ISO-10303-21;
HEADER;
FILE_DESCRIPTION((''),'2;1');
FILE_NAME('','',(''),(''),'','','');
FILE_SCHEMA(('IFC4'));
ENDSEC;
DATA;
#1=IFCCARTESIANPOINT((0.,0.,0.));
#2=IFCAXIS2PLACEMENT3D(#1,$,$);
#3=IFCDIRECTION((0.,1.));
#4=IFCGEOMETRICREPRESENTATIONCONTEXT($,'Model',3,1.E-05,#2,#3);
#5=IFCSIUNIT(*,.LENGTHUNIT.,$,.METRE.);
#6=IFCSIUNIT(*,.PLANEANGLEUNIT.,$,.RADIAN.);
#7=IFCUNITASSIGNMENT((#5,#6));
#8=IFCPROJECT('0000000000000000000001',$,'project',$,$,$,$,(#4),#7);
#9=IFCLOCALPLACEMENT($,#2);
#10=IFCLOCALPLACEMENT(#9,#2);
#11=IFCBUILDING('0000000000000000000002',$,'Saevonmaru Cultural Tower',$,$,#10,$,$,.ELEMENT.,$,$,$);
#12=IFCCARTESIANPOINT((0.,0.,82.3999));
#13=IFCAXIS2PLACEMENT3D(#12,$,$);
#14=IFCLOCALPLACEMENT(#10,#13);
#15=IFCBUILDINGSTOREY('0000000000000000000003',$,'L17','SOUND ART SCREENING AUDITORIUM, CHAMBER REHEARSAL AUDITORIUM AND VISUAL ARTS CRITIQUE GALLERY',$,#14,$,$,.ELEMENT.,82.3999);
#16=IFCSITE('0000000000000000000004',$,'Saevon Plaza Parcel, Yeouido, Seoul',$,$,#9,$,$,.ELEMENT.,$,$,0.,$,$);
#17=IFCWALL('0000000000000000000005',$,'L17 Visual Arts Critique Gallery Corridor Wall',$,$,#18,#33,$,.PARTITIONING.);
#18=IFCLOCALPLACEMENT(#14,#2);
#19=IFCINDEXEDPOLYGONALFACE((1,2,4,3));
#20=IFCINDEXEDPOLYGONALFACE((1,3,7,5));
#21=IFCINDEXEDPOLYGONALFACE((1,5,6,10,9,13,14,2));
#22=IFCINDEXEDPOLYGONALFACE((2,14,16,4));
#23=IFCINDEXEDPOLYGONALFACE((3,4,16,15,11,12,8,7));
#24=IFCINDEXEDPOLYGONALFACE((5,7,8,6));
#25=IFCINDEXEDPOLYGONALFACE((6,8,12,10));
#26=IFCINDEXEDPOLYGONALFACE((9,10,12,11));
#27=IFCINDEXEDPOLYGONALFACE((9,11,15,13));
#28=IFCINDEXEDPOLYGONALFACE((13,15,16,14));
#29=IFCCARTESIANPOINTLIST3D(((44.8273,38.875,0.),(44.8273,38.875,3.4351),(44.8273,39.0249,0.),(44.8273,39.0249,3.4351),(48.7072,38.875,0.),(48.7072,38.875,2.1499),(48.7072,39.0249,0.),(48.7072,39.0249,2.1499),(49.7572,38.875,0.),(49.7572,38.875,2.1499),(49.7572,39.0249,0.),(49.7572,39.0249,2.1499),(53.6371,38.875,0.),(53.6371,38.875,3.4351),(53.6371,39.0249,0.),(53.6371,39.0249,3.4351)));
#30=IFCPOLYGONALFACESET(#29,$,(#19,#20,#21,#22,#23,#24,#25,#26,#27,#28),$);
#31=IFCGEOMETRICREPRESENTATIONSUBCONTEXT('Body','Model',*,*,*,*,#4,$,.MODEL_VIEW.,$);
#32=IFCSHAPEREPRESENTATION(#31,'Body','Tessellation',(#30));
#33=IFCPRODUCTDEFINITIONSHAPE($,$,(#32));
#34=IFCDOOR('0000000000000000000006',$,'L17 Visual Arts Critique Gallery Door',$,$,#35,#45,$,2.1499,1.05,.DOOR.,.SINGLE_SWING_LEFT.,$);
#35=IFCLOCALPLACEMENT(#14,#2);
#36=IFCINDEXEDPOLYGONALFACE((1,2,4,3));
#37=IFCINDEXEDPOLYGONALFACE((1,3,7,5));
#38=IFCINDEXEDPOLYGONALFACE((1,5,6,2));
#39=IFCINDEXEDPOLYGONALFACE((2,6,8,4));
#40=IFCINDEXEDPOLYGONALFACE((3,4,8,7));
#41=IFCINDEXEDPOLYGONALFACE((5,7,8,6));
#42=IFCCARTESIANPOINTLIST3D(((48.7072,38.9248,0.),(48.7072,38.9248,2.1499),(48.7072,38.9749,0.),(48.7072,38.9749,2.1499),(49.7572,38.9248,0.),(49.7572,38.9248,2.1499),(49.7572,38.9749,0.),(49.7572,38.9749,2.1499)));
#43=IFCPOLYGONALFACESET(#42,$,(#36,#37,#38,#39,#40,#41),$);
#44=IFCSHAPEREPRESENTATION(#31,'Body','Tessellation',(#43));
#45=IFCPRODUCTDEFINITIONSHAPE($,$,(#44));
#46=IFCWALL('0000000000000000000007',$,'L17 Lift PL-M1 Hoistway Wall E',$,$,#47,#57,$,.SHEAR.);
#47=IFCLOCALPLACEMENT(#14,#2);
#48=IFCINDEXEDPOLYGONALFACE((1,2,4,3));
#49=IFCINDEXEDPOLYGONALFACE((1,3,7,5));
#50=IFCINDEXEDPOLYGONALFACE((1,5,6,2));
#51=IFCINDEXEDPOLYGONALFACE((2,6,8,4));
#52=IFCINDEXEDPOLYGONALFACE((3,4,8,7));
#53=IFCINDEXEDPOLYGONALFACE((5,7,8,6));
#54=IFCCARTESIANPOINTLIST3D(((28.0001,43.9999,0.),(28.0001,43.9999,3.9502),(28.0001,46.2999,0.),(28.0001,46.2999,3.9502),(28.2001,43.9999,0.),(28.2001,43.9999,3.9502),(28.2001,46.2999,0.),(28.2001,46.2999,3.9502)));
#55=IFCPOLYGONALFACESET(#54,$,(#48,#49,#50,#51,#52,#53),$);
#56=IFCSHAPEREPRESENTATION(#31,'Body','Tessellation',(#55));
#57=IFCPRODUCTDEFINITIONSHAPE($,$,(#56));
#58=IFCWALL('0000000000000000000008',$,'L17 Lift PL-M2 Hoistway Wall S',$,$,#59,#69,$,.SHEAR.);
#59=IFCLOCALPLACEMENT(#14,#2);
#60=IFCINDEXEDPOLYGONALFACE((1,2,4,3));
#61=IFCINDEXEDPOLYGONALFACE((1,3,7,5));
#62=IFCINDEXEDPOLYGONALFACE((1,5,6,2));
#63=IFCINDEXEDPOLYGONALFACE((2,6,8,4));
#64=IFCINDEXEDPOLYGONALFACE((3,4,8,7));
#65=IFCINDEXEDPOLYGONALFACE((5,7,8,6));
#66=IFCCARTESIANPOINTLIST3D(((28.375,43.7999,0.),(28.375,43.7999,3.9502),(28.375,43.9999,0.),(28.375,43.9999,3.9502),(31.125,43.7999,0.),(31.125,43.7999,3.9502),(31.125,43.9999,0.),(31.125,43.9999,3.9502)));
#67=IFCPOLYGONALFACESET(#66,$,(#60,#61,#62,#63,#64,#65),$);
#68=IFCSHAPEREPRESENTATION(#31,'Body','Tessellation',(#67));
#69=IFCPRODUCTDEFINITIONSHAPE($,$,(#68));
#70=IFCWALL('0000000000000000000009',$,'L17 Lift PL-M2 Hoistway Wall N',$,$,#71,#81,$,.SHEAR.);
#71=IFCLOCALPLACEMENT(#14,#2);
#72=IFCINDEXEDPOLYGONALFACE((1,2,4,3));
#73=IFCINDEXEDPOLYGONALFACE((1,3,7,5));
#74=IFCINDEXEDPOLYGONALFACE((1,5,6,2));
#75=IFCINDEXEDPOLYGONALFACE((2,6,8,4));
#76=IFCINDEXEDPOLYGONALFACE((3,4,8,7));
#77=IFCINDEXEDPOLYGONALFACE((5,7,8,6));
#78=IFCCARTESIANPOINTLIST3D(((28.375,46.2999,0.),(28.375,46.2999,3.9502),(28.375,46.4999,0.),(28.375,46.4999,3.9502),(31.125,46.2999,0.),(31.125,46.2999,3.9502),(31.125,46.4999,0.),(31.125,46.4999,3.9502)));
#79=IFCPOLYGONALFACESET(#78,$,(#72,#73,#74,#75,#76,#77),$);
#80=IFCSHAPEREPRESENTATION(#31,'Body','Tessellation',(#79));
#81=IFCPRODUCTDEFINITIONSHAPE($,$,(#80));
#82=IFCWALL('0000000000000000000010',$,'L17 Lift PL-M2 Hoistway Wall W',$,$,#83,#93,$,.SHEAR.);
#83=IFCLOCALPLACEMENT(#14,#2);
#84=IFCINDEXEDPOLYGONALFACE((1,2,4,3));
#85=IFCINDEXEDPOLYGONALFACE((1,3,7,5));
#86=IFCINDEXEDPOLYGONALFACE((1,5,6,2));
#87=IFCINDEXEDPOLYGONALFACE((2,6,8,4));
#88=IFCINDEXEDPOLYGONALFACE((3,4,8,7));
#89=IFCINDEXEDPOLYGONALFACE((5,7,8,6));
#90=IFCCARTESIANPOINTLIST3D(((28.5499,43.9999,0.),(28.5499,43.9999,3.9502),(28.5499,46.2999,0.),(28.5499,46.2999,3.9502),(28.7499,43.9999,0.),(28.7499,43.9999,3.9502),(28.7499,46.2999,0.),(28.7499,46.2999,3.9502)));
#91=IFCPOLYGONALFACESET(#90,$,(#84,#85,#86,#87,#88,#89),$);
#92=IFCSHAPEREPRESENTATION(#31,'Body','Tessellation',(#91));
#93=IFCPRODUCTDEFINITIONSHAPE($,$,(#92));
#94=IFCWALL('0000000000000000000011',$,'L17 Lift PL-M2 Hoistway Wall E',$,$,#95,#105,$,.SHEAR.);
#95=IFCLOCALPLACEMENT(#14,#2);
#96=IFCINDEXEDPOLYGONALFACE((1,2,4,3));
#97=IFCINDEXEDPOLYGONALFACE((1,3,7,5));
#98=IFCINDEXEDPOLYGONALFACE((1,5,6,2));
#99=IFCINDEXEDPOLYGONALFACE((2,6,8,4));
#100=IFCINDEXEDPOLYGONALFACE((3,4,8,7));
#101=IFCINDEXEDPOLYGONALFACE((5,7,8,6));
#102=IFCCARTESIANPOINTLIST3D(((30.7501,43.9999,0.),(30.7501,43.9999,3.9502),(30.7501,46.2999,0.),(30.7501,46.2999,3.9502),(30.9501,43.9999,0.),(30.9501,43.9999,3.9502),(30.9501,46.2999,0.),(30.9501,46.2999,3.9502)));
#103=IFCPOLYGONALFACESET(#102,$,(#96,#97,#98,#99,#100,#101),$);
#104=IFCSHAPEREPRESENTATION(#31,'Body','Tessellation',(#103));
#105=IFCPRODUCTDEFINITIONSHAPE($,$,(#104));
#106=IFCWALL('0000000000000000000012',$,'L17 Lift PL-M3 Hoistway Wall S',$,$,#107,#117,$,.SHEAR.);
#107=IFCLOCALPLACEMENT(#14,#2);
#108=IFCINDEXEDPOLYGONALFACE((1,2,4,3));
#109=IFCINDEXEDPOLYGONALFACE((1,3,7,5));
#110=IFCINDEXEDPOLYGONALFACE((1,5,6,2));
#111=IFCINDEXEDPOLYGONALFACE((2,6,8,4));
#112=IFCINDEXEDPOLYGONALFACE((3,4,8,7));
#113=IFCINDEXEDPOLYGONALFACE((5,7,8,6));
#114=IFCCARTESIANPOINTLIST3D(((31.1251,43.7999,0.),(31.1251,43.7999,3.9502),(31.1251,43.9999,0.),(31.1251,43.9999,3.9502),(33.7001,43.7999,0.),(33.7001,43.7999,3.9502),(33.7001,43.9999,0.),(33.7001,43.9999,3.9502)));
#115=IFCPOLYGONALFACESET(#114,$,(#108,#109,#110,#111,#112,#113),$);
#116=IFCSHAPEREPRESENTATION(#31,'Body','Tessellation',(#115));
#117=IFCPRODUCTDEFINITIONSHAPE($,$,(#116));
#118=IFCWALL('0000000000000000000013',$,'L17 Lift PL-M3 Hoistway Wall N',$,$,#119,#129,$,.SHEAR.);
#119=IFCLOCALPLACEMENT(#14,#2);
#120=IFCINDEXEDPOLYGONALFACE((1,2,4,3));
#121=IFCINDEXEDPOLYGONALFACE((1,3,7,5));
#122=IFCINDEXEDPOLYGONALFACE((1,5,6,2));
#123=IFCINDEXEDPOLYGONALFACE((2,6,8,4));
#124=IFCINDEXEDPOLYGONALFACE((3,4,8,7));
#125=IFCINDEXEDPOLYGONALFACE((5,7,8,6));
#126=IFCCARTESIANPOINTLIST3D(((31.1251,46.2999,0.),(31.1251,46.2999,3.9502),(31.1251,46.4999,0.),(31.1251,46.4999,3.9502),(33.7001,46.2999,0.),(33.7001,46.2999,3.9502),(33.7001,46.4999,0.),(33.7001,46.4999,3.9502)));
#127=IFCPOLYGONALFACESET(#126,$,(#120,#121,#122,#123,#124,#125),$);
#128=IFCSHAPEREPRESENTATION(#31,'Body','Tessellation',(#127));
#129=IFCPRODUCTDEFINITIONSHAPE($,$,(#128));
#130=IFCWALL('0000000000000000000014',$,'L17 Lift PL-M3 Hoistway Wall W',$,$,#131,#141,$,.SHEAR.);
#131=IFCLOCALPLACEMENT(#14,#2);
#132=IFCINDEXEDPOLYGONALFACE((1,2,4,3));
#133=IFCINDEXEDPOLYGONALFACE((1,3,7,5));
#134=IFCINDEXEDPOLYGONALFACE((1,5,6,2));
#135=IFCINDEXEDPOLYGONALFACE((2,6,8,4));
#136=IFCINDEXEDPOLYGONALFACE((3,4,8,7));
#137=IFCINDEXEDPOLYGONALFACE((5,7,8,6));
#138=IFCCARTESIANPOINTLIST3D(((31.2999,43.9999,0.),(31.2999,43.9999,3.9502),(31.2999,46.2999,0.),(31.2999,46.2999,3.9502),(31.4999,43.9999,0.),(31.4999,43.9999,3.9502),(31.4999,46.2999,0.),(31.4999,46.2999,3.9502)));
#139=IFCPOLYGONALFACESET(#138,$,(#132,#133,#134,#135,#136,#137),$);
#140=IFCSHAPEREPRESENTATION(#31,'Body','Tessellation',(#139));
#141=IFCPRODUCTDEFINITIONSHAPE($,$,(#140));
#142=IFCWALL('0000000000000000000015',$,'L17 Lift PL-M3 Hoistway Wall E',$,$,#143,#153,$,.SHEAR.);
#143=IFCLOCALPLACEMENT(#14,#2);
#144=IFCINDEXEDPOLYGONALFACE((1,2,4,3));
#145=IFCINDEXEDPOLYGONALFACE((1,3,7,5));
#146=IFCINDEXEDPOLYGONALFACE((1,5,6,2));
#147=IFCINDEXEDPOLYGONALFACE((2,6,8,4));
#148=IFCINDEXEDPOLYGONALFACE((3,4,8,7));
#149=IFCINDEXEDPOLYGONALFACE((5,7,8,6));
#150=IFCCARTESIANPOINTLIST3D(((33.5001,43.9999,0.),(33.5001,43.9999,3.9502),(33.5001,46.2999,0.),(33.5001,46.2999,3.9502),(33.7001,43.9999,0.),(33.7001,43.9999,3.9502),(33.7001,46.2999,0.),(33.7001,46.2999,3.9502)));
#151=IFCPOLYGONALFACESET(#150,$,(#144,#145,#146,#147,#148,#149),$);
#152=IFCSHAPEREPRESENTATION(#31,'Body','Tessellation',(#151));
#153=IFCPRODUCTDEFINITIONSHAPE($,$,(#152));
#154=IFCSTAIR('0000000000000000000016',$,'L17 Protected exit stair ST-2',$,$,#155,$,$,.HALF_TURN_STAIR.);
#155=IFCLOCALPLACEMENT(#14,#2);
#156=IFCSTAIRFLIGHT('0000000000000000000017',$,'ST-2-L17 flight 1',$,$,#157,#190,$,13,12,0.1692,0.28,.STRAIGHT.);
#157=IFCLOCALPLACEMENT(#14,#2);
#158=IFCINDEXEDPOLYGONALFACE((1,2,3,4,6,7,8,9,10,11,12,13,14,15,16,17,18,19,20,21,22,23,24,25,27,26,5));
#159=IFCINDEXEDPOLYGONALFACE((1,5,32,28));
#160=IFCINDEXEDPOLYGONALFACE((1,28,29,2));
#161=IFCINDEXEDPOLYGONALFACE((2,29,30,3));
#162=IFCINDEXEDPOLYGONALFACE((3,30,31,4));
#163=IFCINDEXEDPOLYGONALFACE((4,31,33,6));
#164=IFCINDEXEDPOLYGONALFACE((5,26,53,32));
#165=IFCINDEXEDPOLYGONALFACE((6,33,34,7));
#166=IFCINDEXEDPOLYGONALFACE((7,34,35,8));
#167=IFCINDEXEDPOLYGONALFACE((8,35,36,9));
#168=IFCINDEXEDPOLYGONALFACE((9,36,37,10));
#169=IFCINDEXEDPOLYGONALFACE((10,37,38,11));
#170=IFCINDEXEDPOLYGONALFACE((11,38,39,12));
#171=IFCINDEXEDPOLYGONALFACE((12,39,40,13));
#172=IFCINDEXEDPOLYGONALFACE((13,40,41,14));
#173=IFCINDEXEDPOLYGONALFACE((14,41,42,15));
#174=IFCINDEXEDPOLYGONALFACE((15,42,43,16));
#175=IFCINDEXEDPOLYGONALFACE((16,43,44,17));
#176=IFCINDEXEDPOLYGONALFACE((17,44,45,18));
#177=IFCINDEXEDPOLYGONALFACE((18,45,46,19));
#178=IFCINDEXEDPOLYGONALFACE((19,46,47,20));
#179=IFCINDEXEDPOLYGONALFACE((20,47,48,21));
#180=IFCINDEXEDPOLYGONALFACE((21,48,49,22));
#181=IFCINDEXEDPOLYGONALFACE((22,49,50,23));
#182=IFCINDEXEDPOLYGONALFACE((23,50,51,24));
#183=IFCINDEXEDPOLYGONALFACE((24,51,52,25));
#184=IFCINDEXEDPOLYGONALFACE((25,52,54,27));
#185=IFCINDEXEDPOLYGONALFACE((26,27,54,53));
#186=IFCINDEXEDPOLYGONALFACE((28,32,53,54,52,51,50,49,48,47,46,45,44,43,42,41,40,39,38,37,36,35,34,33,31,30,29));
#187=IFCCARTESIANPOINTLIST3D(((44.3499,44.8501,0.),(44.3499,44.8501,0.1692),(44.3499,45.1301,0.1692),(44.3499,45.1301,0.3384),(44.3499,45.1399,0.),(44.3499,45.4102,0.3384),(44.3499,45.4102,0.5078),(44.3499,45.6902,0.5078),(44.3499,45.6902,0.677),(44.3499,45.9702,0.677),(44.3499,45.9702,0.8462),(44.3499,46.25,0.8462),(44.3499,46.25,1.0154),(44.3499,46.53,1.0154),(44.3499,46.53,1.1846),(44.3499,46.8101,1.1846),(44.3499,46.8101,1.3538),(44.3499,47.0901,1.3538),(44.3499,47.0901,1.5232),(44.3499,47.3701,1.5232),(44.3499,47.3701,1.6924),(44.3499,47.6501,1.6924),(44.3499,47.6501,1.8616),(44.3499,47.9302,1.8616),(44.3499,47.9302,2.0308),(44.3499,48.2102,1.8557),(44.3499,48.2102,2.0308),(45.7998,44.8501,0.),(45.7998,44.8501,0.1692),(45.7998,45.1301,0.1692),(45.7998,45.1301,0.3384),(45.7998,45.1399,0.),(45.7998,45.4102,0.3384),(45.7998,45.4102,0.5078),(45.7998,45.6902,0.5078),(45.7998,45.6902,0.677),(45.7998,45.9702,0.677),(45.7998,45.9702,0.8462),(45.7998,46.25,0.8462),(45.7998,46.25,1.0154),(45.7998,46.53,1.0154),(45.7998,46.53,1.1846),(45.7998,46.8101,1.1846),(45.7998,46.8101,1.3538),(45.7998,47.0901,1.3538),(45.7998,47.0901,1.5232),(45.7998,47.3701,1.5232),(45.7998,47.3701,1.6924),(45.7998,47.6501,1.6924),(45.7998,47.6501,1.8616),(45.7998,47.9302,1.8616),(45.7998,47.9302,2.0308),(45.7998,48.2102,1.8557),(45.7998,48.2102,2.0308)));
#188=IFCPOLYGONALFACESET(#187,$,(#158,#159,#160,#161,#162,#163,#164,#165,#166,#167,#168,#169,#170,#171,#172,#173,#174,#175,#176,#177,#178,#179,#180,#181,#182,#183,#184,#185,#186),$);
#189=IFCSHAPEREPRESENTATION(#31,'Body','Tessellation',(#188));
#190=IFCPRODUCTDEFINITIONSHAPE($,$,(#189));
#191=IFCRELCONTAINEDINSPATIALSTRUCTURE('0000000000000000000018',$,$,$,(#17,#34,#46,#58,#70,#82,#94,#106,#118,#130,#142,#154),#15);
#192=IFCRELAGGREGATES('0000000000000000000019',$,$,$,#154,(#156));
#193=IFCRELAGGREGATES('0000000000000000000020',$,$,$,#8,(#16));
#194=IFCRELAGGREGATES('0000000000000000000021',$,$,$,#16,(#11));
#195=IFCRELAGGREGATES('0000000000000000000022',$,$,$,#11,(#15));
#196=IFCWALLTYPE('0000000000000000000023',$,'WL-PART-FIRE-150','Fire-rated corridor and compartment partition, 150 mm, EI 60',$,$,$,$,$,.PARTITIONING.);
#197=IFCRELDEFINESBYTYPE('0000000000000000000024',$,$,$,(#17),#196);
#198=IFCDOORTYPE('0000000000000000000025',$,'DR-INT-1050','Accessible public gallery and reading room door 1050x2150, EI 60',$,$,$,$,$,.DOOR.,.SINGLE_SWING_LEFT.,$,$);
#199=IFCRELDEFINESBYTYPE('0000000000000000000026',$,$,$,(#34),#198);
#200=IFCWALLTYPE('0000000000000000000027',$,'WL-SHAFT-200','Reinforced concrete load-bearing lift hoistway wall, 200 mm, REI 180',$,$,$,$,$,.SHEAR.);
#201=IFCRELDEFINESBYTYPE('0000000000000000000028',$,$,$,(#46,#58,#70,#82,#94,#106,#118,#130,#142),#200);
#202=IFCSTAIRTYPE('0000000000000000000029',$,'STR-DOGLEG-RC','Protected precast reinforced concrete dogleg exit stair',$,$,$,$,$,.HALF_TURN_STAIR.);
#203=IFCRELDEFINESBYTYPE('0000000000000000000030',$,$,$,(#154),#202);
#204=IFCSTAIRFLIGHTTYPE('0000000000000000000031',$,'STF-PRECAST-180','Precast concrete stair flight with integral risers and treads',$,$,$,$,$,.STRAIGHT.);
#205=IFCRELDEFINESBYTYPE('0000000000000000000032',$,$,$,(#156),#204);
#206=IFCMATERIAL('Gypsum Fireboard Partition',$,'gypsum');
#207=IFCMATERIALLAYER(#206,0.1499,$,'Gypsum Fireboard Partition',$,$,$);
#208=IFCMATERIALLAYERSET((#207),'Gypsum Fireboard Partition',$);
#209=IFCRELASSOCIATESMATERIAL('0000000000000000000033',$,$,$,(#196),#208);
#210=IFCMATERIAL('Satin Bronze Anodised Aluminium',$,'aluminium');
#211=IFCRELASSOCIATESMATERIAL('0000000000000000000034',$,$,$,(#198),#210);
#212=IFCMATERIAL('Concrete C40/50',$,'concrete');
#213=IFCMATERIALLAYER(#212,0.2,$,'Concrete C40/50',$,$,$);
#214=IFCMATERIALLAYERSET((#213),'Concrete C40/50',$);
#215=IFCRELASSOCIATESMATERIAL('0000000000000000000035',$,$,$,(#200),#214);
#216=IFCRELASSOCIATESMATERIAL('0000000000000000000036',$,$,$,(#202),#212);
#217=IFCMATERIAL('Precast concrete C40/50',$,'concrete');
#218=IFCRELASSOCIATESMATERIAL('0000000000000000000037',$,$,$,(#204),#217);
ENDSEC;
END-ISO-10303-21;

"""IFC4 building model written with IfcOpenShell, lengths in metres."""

from ifc_helpers import new_model, si_unit, direction, frame, frame_2d, origin, place, context, subcontext, project, spatial, polyline, rectangle, outline, extrude, material, layer, layer_set, type_object, element, fill, aggregate, save


model = new_model("IFC4")

# Units and contexts
model_context = context("Model", 3, precision=1e-05, world=origin(), true_north=direction((0.0, 1.0)))
body_context = subcontext(model_context, "Body", "Model", "MODEL_VIEW")
ifc_project = project(units=[si_unit("LENGTHUNIT", "METRE"), si_unit("PLANEANGLEUNIT", "RADIAN")], contexts=[model_context])

# Site, building, storey
site_placement = place(None, origin())
site = spatial("IfcSite", under=ifc_project, at=site_placement, Name="Saevon Plaza Parcel, Yeouido, Seoul", CompositionType="ELEMENT", RefElevation=0.0)
building_placement = place(site_placement, origin())
building = spatial("IfcBuilding", under=site, at=building_placement, Name="Saevonmaru Cultural Tower", CompositionType="ELEMENT")
storey_placement = place(building_placement, frame((0.0, 0.0, 82.3999)))
storey = spatial("IfcBuildingStorey", under=building, at=storey_placement, Name="L17", Description="SOUND ART SCREENING AUDITORIUM, CHAMBER REHEARSAL AUDITORIUM AND VISUAL ARTS CRITIQUE GALLERY", CompositionType="ELEMENT", Elevation=82.3999)

# Shared definitions
ifc_material_1 = material(Name="Satin Bronze Anodised Aluminium", Category="aluminium")

# Shared definitions
ifc_material_2 = material(Name="Gypsum Fireboard Partition", Category="gypsum")

# Shared definitions
ifc_layer_1 = layer(ifc_material_2, 0.1499, Name="Gypsum Fireboard Partition")
ifc_layer_set_1 = layer_set([ifc_layer_1], Name="Gypsum Fireboard Partition")
wall_type_1 = type_object("IfcWallType", Name="WL-PART-FIRE-150", Description="Fire-rated corridor and compartment partition, 150 mm, EI 60", PredefinedType="PARTITIONING", material=ifc_layer_set_1)

# Wall, opening, door
wall_1_placement = place(storey_placement, frame((44.8274, 38.95, 0.0), z_axis=(0.0, 0.0, 1.0), x_axis=(1.0, 0.0, 0.0)))
wall_1 = element("IfcWall", 1, at=wall_1_placement, inside=storey, type_object=wall_type_1, Name="L17 Visual Arts Critique Gallery Corridor Wall", PredefinedType="PARTITIONING", context=body_context, shape_type="SweptSolid", body=[
    extrude(rectangle(XDim=8.8098, YDim=0.1499, at=frame_2d((4.4048, 0.0))), origin(), (0.0, 0.0, 1.0), 3.4351),
])
opening_1_placement = place(wall_1_placement, frame((3.8799, 0.0, 0.0)))
opening_1 = element("IfcOpeningElement", 2, at=opening_1_placement, cuts=wall_1, PredefinedType="OPENING", context=body_context, shape_type="SweptSolid", body=[
    extrude(rectangle(XDim=1.05, YDim=2.1499, at=frame_2d((0.5249, 1.075))), frame((0.0, 0.085, 0.0), z_axis=(0.0, -1.0, 0.0), x_axis=(1.0, 0.0, 0.0)), (0.0, 0.0, 1.0), 0.1699),
])
door_type_1 = type_object("IfcDoorType", Name="DR-INT-1050", Description="Accessible public gallery and reading room door 1050x2150, EI 60", OperationType="SINGLE_SWING_LEFT", PredefinedType="DOOR", material=ifc_material_1)
door_1_placement = place(opening_1_placement, origin())
door_1 = element("IfcDoor", 3, at=door_1_placement, inside=storey, type_object=door_type_1, Name="L17 Visual Arts Critique Gallery Door", OperationType="SINGLE_SWING_LEFT", OverallHeight=2.1499, OverallWidth=1.05, PredefinedType="DOOR", context=body_context, shape_type="SweptSolid", body=[
    extrude(rectangle(XDim=1.05, YDim=2.1499, at=frame_2d((0.5249, 1.075))), frame((0.0, 0.0249, 0.0), z_axis=(0.0, -1.0, 0.0), x_axis=(1.0, 0.0, 0.0)), (0.0, 0.0, 1.0), 0.05),
])
fill(opening_1, door_1)

# Walls
ifc_material_3 = material(Name="Concrete C40/50", Category="concrete")
ifc_layer_2 = layer(ifc_material_3, 0.2, Name="Concrete C40/50")
ifc_layer_set_2 = layer_set([ifc_layer_2], Name="Concrete C40/50")
wall_type_2 = type_object("IfcWallType", Name="WL-SHAFT-200", Description="Reinforced concrete load-bearing lift hoistway wall, 200 mm, REI 180", PredefinedType="SHEAR", material=ifc_layer_set_2)
wall_2_placement = place(storey_placement, frame((28.1001, 44.0, 0.0), z_axis=(0.0, 0.0, 1.0), x_axis=(0.0, 1.0, 0.0)))
element("IfcWall", 4, at=wall_2_placement, inside=storey, type_object=wall_type_2, Name="L17 Lift PL-M1 Hoistway Wall E", PredefinedType="SHEAR", context=body_context, shape_type="SweptSolid", body=[
    extrude(rectangle(XDim=2.3, YDim=0.2, at=frame_2d((1.1499, 0.0))), origin(), (0.0, 0.0, 1.0), 3.9502),
])
for number, where, z_axis, x_axis, name in (
    (5, (28.375, 43.8999, 0.0), (0.0, 0.0, 1.0), (1.0, 0.0, 0.0), "L17 Lift PL-M2 Hoistway Wall S"),
    (6, (28.375, 46.3999, 0.0), (0.0, 0.0, 1.0), (1.0, 0.0, 0.0), "L17 Lift PL-M2 Hoistway Wall N"),
):
    element("IfcWall", number, at=place(storey_placement, frame(where, z_axis=z_axis, x_axis=x_axis)), inside=storey, type_object=wall_type_2, Name=name, PredefinedType="SHEAR", context=body_context, shape_type="SweptSolid", body=[
        extrude(rectangle(XDim=2.75, YDim=0.2, at=frame_2d((1.375, 0.0))), origin(), (0.0, 0.0, 1.0), 3.9502),
    ])
for number, where, z_axis, x_axis, name in (
    (7, (28.6499, 44.0, 0.0), (0.0, 0.0, 1.0), (0.0, 1.0, 0.0), "L17 Lift PL-M2 Hoistway Wall W"),
    (8, (30.8501, 44.0, 0.0), (0.0, 0.0, 1.0), (0.0, 1.0, 0.0), "L17 Lift PL-M2 Hoistway Wall E"),
):
    element("IfcWall", number, at=place(storey_placement, frame(where, z_axis=z_axis, x_axis=x_axis)), inside=storey, type_object=wall_type_2, Name=name, PredefinedType="SHEAR", context=body_context, shape_type="SweptSolid", body=[
        extrude(rectangle(XDim=2.3, YDim=0.2, at=frame_2d((1.1499, 0.0))), origin(), (0.0, 0.0, 1.0), 3.9502),
    ])
for number, where, z_axis, x_axis, name in (
    (9, (31.125, 43.8999, 0.0), (0.0, 0.0, 1.0), (1.0, 0.0, 0.0), "L17 Lift PL-M3 Hoistway Wall S"),
    (10, (31.125, 46.3999, 0.0), (0.0, 0.0, 1.0), (1.0, 0.0, 0.0), "L17 Lift PL-M3 Hoistway Wall N"),
):
    element("IfcWall", number, at=place(storey_placement, frame(where, z_axis=z_axis, x_axis=x_axis)), inside=storey, type_object=wall_type_2, Name=name, PredefinedType="SHEAR", context=body_context, shape_type="SweptSolid", body=[
        extrude(rectangle(XDim=2.575, YDim=0.2, at=frame_2d((1.2876, 0.0))), origin(), (0.0, 0.0, 1.0), 3.9502),
    ])
for number, where, z_axis, x_axis, name in (
    (11, (31.3999, 44.0, 0.0), (0.0, 0.0, 1.0), (0.0, 1.0, 0.0), "L17 Lift PL-M3 Hoistway Wall W"),
    (12, (33.6001, 44.0, 0.0), (0.0, 0.0, 1.0), (0.0, 1.0, 0.0), "L17 Lift PL-M3 Hoistway Wall E"),
):
    element("IfcWall", number, at=place(storey_placement, frame(where, z_axis=z_axis, x_axis=x_axis)), inside=storey, type_object=wall_type_2, Name=name, PredefinedType="SHEAR", context=body_context, shape_type="SweptSolid", body=[
        extrude(rectangle(XDim=2.3, YDim=0.2, at=frame_2d((1.1499, 0.0))), origin(), (0.0, 0.0, 1.0), 3.9502),
    ])

# Stair, stair flight
stair_type = type_object("IfcStairType", Name="STR-DOGLEG-RC", Description="Protected precast reinforced concrete dogleg exit stair", PredefinedType="HALF_TURN_STAIR", material=ifc_material_3)
stair_placement = place(storey_placement, origin())
stair = element("IfcStair", 13, at=stair_placement, inside=storey, type_object=stair_type, Name="L17 Protected exit stair ST-2", PredefinedType="HALF_TURN_STAIR")
ifc_material_4 = material(Name="Precast concrete C40/50", Category="concrete")
stair_flight_type = type_object("IfcStairFlightType", Name="STF-PRECAST-180", Description="Precast concrete stair flight with integral risers and treads", PredefinedType="STRAIGHT", material=ifc_material_4)
stair_flight_1_placement = place(storey_placement, frame((45.075, 44.8501, 0.0), z_axis=(0.0, 0.0, 1.0), x_axis=(0.0, 1.0, 0.0)))
stair_flight_1 = element("IfcStairFlight", 14, at=stair_flight_1_placement, type_object=stair_flight_type, Name="ST-2-L17 flight 1", NumberOfRisers=13, NumberOfTreads=12, PredefinedType="STRAIGHT", RiserHeight=0.1692, TreadLength=0.28, context=body_context, shape_type="SweptSolid", body=[
    extrude(outline(polyline([(0.0, 0.0), (0.0, 0.1692), (0.28, 0.1692), (0.28, 0.3384), (0.5601, 0.3384), (0.5601, 0.5078), (0.8401, 0.5078), (0.8401, 0.677), (1.1201, 0.677), (1.1201, 0.8462), (1.3999, 0.8462), (1.3999, 1.0154), (1.6799, 1.0154), (1.6799, 1.1846), (1.96, 1.1846), (1.96, 1.3538), (2.24, 1.3538), (2.24, 1.5232), (2.52, 1.5232), (2.52, 1.6924), (2.8, 1.6924), (2.8, 1.8616), (3.0801, 1.8616), (3.0801, 2.0308), (3.3601, 2.0308), (3.3601, 2.2), (3.3601, 1.8557), (0.2898, 0.0), (0.0, 0.0)])), frame((0.0, 0.7251, 0.0), z_axis=(0.0, -1.0, 0.0), x_axis=(1.0, 0.0, 0.0)), (0.0, 0.0, 1.0), 1.45),
])
aggregate(stair, [stair_flight_1])

save(model, "model.ifc")
